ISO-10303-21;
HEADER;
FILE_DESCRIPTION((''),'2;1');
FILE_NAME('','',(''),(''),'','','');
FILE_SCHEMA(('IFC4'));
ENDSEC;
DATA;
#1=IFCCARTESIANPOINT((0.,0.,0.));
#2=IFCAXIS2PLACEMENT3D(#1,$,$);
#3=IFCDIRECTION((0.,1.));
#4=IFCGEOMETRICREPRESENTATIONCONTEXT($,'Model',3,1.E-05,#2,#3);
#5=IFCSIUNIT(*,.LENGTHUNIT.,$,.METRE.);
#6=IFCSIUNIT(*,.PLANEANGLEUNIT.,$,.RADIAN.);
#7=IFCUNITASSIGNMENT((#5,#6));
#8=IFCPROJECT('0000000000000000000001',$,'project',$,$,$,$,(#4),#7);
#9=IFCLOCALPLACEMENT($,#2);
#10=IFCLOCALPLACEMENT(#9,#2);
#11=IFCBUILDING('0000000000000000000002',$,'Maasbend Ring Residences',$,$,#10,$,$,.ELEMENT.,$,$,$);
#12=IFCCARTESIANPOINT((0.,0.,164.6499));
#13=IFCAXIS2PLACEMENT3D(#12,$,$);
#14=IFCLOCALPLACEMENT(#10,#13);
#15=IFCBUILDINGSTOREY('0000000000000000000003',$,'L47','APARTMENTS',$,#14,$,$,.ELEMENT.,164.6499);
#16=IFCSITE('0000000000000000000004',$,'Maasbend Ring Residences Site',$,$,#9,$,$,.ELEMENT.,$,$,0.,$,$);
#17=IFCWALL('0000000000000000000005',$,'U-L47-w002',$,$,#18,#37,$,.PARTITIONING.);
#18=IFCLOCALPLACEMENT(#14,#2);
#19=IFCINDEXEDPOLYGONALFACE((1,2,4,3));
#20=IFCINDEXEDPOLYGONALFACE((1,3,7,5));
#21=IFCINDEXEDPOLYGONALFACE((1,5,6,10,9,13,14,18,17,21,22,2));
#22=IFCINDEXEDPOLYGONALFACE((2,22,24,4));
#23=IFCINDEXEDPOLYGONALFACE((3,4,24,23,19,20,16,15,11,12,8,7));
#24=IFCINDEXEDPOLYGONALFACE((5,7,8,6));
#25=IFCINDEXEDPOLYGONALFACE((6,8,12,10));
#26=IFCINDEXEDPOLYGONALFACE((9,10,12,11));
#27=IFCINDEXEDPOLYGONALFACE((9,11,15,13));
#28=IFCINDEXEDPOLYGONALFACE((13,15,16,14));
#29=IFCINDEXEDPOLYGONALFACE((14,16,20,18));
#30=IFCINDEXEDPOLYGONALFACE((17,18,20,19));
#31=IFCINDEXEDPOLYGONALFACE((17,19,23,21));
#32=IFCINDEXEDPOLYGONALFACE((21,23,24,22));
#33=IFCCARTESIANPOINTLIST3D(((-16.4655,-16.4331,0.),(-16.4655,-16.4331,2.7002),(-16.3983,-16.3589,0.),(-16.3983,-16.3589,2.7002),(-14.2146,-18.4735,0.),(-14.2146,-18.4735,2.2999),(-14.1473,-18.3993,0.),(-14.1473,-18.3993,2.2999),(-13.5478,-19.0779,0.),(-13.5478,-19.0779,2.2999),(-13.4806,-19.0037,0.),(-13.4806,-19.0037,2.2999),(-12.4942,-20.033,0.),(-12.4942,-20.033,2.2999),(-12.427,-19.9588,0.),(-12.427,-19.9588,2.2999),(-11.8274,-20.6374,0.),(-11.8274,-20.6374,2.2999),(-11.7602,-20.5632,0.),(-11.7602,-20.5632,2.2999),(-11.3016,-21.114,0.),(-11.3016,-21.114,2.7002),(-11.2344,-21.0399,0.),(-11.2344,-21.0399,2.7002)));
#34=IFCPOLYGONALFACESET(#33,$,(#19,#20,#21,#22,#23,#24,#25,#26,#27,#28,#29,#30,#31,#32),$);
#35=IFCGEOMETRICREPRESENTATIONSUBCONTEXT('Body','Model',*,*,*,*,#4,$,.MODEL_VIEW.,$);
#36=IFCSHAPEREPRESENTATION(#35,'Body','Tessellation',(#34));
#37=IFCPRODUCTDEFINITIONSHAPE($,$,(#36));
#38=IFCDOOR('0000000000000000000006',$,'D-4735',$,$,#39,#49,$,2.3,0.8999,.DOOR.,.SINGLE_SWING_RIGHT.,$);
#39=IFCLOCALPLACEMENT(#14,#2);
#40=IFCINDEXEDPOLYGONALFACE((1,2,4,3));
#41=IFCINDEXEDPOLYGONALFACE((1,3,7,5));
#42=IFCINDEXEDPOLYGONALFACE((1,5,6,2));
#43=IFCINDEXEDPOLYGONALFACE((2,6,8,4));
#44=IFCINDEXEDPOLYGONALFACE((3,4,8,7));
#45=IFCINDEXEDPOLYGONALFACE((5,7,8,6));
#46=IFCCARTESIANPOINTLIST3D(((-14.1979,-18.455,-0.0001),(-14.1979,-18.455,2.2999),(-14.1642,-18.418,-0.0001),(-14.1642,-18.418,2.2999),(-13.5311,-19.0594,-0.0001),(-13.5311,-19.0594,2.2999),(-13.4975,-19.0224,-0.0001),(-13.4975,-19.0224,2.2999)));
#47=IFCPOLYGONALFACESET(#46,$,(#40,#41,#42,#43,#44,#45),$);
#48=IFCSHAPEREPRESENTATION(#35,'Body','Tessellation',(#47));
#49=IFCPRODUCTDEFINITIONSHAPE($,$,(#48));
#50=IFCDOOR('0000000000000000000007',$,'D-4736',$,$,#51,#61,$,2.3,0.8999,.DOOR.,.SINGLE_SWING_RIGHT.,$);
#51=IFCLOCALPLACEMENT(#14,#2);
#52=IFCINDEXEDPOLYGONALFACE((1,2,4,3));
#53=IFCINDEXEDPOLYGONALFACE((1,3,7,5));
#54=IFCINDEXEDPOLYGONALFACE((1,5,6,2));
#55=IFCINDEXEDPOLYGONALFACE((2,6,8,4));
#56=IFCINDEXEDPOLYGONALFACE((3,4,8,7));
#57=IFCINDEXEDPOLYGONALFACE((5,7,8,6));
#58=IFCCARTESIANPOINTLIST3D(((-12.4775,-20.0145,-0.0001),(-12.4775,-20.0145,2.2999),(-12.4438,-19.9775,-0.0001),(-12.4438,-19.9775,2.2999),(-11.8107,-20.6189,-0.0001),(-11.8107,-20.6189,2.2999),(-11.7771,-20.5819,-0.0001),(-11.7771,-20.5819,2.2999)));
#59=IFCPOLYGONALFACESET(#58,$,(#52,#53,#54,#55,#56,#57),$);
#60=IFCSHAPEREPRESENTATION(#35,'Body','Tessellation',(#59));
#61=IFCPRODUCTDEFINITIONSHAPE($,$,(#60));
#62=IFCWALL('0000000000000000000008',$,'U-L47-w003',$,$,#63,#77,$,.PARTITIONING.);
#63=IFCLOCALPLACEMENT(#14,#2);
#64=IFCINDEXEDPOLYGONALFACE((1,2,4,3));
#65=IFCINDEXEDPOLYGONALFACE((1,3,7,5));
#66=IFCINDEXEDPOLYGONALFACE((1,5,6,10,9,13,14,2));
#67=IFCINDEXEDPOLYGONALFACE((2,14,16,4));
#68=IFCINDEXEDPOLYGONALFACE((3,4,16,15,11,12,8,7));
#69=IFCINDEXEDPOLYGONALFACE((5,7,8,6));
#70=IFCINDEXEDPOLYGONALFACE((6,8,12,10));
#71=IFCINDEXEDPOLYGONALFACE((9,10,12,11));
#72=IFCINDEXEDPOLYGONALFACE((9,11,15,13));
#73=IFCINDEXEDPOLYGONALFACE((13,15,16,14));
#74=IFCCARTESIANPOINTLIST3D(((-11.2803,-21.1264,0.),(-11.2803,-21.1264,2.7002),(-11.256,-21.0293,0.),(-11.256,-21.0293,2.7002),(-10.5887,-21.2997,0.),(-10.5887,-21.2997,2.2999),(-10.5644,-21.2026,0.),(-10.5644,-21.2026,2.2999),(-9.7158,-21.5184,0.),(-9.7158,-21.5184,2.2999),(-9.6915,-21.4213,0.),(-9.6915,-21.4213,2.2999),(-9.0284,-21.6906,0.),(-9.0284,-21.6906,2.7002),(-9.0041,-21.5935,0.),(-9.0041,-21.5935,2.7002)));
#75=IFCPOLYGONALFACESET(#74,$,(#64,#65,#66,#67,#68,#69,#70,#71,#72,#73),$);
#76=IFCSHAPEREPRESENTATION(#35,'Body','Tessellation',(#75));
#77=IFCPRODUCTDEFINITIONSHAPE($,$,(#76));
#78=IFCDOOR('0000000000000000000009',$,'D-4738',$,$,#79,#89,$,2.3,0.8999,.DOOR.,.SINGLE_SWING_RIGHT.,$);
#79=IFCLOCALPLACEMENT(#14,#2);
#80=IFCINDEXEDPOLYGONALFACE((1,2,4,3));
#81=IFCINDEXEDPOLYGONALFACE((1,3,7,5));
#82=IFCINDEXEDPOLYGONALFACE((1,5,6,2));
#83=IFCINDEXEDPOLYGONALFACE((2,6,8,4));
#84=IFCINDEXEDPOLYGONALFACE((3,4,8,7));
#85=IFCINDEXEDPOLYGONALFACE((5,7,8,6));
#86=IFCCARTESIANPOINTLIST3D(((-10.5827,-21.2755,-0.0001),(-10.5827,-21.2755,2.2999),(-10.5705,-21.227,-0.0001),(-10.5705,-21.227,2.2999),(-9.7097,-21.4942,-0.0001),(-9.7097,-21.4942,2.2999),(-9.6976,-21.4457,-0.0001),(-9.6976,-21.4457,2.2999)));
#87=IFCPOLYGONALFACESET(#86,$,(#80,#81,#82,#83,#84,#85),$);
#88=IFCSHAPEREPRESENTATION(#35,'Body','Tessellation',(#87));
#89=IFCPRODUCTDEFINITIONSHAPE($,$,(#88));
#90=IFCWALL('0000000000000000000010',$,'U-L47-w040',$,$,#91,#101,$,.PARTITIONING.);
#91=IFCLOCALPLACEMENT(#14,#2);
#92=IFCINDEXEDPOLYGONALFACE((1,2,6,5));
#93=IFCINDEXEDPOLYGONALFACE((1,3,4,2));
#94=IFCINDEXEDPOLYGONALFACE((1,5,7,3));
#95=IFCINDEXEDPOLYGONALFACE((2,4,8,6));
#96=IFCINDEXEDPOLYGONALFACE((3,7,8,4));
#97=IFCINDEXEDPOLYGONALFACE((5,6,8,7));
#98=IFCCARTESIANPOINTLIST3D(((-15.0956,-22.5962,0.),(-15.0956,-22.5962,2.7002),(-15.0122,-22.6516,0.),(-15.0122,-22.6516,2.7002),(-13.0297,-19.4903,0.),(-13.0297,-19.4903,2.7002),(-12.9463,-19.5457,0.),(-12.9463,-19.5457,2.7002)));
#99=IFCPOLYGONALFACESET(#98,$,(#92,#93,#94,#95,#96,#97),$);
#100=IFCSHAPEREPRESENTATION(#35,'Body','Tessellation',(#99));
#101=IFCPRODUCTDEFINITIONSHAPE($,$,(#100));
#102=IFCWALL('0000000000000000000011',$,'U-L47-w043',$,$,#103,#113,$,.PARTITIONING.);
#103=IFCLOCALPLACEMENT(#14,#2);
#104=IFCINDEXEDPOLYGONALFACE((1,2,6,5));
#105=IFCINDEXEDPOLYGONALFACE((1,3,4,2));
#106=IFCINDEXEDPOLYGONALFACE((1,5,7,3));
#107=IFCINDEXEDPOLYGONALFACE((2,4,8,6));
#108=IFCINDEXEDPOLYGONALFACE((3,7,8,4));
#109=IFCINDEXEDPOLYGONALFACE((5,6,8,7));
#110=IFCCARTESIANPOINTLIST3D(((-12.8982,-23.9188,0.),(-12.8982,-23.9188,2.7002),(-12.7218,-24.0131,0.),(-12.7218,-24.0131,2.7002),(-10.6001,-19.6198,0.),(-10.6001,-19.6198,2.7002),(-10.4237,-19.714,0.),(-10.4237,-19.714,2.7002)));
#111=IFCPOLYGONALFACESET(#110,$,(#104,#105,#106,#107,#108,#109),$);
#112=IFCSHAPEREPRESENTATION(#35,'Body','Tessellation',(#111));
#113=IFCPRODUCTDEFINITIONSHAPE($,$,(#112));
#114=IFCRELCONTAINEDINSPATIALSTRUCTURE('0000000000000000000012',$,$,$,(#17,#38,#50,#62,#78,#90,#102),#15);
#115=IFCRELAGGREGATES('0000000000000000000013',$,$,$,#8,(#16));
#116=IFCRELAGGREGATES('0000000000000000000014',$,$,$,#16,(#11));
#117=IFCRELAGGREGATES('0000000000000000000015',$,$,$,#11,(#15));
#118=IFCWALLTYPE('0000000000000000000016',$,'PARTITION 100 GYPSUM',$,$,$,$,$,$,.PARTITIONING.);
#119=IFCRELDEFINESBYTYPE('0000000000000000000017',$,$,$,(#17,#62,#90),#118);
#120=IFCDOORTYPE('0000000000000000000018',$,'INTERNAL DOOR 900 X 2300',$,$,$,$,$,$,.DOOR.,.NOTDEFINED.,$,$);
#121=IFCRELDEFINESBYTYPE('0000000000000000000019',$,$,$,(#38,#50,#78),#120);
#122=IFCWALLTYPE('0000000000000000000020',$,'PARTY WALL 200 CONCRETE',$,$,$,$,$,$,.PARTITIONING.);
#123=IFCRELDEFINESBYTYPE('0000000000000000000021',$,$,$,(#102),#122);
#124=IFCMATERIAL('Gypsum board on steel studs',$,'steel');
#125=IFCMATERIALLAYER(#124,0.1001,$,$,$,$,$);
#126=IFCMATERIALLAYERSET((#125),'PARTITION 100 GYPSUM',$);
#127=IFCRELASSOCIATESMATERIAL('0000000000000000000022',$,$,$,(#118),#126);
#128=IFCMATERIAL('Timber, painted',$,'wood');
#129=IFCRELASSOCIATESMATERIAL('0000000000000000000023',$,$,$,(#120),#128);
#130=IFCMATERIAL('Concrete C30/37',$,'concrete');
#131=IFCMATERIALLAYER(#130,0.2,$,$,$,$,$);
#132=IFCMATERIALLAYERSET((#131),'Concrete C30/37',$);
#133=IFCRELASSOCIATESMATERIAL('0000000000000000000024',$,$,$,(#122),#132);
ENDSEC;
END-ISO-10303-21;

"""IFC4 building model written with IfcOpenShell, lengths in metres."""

from ifc_helpers import new_model, si_unit, direction, frame, frame_2d, origin, place, context, subcontext, project, spatial, rectangle, extrude, material, layer, layer_set, type_object, element, fill, save


model = new_model("IFC4")

# Units and contexts
model_context = context("Model", 3, precision=1e-05, world=origin(), true_north=direction((0.0, 1.0)))
body_context = subcontext(model_context, "Body", "Model", "MODEL_VIEW")
ifc_project = project(units=[si_unit("LENGTHUNIT", "METRE"), si_unit("PLANEANGLEUNIT", "RADIAN")], contexts=[model_context])

# Site, building, storey
site_placement = place(None, origin())
site = spatial("IfcSite", under=ifc_project, at=site_placement, Name="Maasbend Ring Residences Site", CompositionType="ELEMENT", RefElevation=0.0)
building_placement = place(site_placement, origin())
building = spatial("IfcBuilding", under=site, at=building_placement, Name="Maasbend Ring Residences", CompositionType="ELEMENT")
storey_placement = place(building_placement, frame((0.0, 0.0, 164.6499)))
storey = spatial("IfcBuildingStorey", under=building, at=storey_placement, Name="L47", Description="APARTMENTS", CompositionType="ELEMENT", Elevation=164.6499)

# Wall, openings, doors
ifc_material_1 = material(Name="Gypsum board on steel studs", Category="steel")
ifc_layer_1 = layer(ifc_material_1, 0.1001)
ifc_layer_set_1 = layer_set([ifc_layer_1], Name="PARTITION 100 GYPSUM")
wall_type_1 = type_object("IfcWallType", Name="PARTITION 100 GYPSUM", PredefinedType="PARTITIONING", material=ifc_layer_set_1)
wall_1_placement = place(storey_placement, frame((-16.4319, -16.396, 0.0), z_axis=(0.0, 0.0, 1.0), x_axis=(0.740901, -0.671614, 0.0)))
wall_1 = element("IfcWall", 1, at=wall_1_placement, inside=storey, type_object=wall_type_1, Name="U-L47-w002", PredefinedType="PARTITIONING", context=body_context, shape_type="SweptSolid", body=[
    extrude(rectangle(XDim=6.9697, YDim=0.1001, at=frame_2d((3.4849, 0.0))), origin(), (0.0, 0.0, 1.0), 2.7002),
])
opening_1_placement = place(wall_1_placement, frame((3.0381, 0.0, 0.0)))
opening_1 = element("IfcOpeningElement", 2, at=opening_1_placement, cuts=wall_1, PredefinedType="OPENING", context=body_context, shape_type="SweptSolid", body=[
    extrude(rectangle(XDim=0.8999, YDim=2.3, at=frame_2d((0.45, 1.1499))), frame((0.0, 0.0601, 0.0), z_axis=(0.0, -1.0, 0.0), x_axis=(1.0, 0.0, 0.0)), (0.0, 0.0, 1.0), 0.1201),
])
opening_2_placement = place(wall_1_placement, frame((5.3601, 0.0, 0.0)))
opening_2 = element("IfcOpeningElement", 3, at=opening_2_placement, cuts=wall_1, PredefinedType="OPENING", context=body_context, shape_type="SweptSolid", body=[
    extrude(rectangle(XDim=0.8999, YDim=2.3, at=frame_2d((0.45, 1.1499))), frame((0.0, 0.0601, 0.0), z_axis=(0.0, -1.0, 0.0), x_axis=(1.0, 0.0, 0.0)), (0.0, 0.0, 1.0), 0.1201),
])
ifc_material_2 = material(Name="Timber, painted", Category="wood")
door_type_1 = type_object("IfcDoorType", Name="INTERNAL DOOR 900 X 2300", OperationType="NOTDEFINED", PredefinedType="DOOR", material=ifc_material_2)
door_1_placement = place(opening_1_placement, origin())
door_1 = element("IfcDoor", 4, at=door_1_placement, inside=storey, type_object=door_type_1, Name="D-4735", OperationType="SINGLE_SWING_RIGHT", OverallHeight=2.3, OverallWidth=0.8999, PredefinedType="DOOR", context=body_context, shape_type="SweptSolid", body=[
    extrude(rectangle(XDim=0.8999, YDim=2.3, at=frame_2d((0.45, 1.1499))), frame((0.0, 0.0249, 0.0), z_axis=(0.0, -1.0, 0.0), x_axis=(1.0, 0.0, 0.0)), (0.0, 0.0, 1.0), 0.05),
])
fill(opening_1, door_1)
door_2_placement = place(opening_2_placement, origin())
door_2 = element("IfcDoor", 5, at=door_2_placement, inside=storey, type_object=door_type_1, Name="D-4736", OperationType="SINGLE_SWING_RIGHT", OverallHeight=2.3, OverallWidth=0.8999, PredefinedType="DOOR", context=body_context, shape_type="SweptSolid", body=[
    extrude(rectangle(XDim=0.8999, YDim=2.3, at=frame_2d((0.45, 1.1499))), frame((0.0, 0.0249, 0.0), z_axis=(0.0, -1.0, 0.0), x_axis=(1.0, 0.0, 0.0)), (0.0, 0.0, 1.0), 0.05),
])
fill(opening_2, door_2)

# Wall, opening, door
wall_2_placement = place(storey_placement, frame((-11.2681, -21.0779, 0.0), z_axis=(0.0, 0.0, 1.0), x_axis=(0.970019, -0.24303, 0.0)))
wall_2 = element("IfcWall", 6, at=wall_2_placement, inside=storey, type_object=wall_type_1, Name="U-L47-w003", PredefinedType="PARTITIONING", context=body_context, shape_type="SweptSolid", body=[
    extrude(rectangle(XDim=2.3215, YDim=0.1001, at=frame_2d((1.1606, 0.0))), origin(), (0.0, 0.0, 1.0), 2.7002),
])
opening_3_placement = place(wall_2_placement, frame((0.7129, 0.0, 0.0)))
opening_3 = element("IfcOpeningElement", 7, at=opening_3_placement, cuts=wall_2, PredefinedType="OPENING", context=body_context, shape_type="SweptSolid", body=[
    extrude(rectangle(XDim=0.8999, YDim=2.3, at=frame_2d((0.45, 1.1499))), frame((0.0, 0.0601, 0.0), z_axis=(0.0, -1.0, 0.0), x_axis=(1.0, 0.0, 0.0)), (0.0, 0.0, 1.0), 0.1201),
])
door_3_placement = place(opening_3_placement, origin())
door_3 = element("IfcDoor", 8, at=door_3_placement, inside=storey, type_object=door_type_1, Name="D-4738", OperationType="SINGLE_SWING_RIGHT", OverallHeight=2.3, OverallWidth=0.8999, PredefinedType="DOOR", context=body_context, shape_type="SweptSolid", body=[
    extrude(rectangle(XDim=0.8999, YDim=2.3, at=frame_2d((0.45, 1.1499))), frame((0.0, 0.0249, 0.0), z_axis=(0.0, -1.0, 0.0), x_axis=(1.0, 0.0, 0.0)), (0.0, 0.0, 1.0), 0.05),
])
fill(opening_3, door_3)

# Walls
wall_3_placement = place(storey_placement, frame((-15.054, -22.624, 0.0), z_axis=(0.0, 0.0, 1.0), x_axis=(0.553824, 0.832634, 0.0)))
element("IfcWall", 9, at=wall_3_placement, inside=storey, type_object=wall_type_1, Name="U-L47-w040", PredefinedType="PARTITIONING", context=body_context, shape_type="SweptSolid", body=[
    extrude(rectangle(XDim=3.7302, YDim=0.1001, at=frame_2d((1.8652, 0.0))), origin(), (0.0, 0.0, 1.0), 2.7002),
])
ifc_material_3 = material(Name="Concrete C30/37", Category="concrete")
ifc_layer_2 = layer(ifc_material_3, 0.2)
ifc_layer_set_2 = layer_set([ifc_layer_2], Name="Concrete C30/37")
wall_type_2 = type_object("IfcWallType", Name="PARTY WALL 200 CONCRETE", PredefinedType="PARTITIONING", material=ifc_layer_set_2)
wall_4_placement = place(storey_placement, frame((-12.8101, -23.9661, 0.0), z_axis=(0.0, 0.0, 1.0), x_axis=(0.471428, 0.881905, 0.0)))
element("IfcWall", 10, at=wall_4_placement, inside=storey, type_object=wall_type_2, Name="U-L47-w043", PredefinedType="PARTITIONING", context=body_context, shape_type="SweptSolid", body=[
    extrude(rectangle(XDim=4.8748, YDim=0.2, at=frame_2d((2.4375, 0.0))), origin(), (0.0, 0.0, 1.0), 2.7002),
])

save(model, "model.ifc")
